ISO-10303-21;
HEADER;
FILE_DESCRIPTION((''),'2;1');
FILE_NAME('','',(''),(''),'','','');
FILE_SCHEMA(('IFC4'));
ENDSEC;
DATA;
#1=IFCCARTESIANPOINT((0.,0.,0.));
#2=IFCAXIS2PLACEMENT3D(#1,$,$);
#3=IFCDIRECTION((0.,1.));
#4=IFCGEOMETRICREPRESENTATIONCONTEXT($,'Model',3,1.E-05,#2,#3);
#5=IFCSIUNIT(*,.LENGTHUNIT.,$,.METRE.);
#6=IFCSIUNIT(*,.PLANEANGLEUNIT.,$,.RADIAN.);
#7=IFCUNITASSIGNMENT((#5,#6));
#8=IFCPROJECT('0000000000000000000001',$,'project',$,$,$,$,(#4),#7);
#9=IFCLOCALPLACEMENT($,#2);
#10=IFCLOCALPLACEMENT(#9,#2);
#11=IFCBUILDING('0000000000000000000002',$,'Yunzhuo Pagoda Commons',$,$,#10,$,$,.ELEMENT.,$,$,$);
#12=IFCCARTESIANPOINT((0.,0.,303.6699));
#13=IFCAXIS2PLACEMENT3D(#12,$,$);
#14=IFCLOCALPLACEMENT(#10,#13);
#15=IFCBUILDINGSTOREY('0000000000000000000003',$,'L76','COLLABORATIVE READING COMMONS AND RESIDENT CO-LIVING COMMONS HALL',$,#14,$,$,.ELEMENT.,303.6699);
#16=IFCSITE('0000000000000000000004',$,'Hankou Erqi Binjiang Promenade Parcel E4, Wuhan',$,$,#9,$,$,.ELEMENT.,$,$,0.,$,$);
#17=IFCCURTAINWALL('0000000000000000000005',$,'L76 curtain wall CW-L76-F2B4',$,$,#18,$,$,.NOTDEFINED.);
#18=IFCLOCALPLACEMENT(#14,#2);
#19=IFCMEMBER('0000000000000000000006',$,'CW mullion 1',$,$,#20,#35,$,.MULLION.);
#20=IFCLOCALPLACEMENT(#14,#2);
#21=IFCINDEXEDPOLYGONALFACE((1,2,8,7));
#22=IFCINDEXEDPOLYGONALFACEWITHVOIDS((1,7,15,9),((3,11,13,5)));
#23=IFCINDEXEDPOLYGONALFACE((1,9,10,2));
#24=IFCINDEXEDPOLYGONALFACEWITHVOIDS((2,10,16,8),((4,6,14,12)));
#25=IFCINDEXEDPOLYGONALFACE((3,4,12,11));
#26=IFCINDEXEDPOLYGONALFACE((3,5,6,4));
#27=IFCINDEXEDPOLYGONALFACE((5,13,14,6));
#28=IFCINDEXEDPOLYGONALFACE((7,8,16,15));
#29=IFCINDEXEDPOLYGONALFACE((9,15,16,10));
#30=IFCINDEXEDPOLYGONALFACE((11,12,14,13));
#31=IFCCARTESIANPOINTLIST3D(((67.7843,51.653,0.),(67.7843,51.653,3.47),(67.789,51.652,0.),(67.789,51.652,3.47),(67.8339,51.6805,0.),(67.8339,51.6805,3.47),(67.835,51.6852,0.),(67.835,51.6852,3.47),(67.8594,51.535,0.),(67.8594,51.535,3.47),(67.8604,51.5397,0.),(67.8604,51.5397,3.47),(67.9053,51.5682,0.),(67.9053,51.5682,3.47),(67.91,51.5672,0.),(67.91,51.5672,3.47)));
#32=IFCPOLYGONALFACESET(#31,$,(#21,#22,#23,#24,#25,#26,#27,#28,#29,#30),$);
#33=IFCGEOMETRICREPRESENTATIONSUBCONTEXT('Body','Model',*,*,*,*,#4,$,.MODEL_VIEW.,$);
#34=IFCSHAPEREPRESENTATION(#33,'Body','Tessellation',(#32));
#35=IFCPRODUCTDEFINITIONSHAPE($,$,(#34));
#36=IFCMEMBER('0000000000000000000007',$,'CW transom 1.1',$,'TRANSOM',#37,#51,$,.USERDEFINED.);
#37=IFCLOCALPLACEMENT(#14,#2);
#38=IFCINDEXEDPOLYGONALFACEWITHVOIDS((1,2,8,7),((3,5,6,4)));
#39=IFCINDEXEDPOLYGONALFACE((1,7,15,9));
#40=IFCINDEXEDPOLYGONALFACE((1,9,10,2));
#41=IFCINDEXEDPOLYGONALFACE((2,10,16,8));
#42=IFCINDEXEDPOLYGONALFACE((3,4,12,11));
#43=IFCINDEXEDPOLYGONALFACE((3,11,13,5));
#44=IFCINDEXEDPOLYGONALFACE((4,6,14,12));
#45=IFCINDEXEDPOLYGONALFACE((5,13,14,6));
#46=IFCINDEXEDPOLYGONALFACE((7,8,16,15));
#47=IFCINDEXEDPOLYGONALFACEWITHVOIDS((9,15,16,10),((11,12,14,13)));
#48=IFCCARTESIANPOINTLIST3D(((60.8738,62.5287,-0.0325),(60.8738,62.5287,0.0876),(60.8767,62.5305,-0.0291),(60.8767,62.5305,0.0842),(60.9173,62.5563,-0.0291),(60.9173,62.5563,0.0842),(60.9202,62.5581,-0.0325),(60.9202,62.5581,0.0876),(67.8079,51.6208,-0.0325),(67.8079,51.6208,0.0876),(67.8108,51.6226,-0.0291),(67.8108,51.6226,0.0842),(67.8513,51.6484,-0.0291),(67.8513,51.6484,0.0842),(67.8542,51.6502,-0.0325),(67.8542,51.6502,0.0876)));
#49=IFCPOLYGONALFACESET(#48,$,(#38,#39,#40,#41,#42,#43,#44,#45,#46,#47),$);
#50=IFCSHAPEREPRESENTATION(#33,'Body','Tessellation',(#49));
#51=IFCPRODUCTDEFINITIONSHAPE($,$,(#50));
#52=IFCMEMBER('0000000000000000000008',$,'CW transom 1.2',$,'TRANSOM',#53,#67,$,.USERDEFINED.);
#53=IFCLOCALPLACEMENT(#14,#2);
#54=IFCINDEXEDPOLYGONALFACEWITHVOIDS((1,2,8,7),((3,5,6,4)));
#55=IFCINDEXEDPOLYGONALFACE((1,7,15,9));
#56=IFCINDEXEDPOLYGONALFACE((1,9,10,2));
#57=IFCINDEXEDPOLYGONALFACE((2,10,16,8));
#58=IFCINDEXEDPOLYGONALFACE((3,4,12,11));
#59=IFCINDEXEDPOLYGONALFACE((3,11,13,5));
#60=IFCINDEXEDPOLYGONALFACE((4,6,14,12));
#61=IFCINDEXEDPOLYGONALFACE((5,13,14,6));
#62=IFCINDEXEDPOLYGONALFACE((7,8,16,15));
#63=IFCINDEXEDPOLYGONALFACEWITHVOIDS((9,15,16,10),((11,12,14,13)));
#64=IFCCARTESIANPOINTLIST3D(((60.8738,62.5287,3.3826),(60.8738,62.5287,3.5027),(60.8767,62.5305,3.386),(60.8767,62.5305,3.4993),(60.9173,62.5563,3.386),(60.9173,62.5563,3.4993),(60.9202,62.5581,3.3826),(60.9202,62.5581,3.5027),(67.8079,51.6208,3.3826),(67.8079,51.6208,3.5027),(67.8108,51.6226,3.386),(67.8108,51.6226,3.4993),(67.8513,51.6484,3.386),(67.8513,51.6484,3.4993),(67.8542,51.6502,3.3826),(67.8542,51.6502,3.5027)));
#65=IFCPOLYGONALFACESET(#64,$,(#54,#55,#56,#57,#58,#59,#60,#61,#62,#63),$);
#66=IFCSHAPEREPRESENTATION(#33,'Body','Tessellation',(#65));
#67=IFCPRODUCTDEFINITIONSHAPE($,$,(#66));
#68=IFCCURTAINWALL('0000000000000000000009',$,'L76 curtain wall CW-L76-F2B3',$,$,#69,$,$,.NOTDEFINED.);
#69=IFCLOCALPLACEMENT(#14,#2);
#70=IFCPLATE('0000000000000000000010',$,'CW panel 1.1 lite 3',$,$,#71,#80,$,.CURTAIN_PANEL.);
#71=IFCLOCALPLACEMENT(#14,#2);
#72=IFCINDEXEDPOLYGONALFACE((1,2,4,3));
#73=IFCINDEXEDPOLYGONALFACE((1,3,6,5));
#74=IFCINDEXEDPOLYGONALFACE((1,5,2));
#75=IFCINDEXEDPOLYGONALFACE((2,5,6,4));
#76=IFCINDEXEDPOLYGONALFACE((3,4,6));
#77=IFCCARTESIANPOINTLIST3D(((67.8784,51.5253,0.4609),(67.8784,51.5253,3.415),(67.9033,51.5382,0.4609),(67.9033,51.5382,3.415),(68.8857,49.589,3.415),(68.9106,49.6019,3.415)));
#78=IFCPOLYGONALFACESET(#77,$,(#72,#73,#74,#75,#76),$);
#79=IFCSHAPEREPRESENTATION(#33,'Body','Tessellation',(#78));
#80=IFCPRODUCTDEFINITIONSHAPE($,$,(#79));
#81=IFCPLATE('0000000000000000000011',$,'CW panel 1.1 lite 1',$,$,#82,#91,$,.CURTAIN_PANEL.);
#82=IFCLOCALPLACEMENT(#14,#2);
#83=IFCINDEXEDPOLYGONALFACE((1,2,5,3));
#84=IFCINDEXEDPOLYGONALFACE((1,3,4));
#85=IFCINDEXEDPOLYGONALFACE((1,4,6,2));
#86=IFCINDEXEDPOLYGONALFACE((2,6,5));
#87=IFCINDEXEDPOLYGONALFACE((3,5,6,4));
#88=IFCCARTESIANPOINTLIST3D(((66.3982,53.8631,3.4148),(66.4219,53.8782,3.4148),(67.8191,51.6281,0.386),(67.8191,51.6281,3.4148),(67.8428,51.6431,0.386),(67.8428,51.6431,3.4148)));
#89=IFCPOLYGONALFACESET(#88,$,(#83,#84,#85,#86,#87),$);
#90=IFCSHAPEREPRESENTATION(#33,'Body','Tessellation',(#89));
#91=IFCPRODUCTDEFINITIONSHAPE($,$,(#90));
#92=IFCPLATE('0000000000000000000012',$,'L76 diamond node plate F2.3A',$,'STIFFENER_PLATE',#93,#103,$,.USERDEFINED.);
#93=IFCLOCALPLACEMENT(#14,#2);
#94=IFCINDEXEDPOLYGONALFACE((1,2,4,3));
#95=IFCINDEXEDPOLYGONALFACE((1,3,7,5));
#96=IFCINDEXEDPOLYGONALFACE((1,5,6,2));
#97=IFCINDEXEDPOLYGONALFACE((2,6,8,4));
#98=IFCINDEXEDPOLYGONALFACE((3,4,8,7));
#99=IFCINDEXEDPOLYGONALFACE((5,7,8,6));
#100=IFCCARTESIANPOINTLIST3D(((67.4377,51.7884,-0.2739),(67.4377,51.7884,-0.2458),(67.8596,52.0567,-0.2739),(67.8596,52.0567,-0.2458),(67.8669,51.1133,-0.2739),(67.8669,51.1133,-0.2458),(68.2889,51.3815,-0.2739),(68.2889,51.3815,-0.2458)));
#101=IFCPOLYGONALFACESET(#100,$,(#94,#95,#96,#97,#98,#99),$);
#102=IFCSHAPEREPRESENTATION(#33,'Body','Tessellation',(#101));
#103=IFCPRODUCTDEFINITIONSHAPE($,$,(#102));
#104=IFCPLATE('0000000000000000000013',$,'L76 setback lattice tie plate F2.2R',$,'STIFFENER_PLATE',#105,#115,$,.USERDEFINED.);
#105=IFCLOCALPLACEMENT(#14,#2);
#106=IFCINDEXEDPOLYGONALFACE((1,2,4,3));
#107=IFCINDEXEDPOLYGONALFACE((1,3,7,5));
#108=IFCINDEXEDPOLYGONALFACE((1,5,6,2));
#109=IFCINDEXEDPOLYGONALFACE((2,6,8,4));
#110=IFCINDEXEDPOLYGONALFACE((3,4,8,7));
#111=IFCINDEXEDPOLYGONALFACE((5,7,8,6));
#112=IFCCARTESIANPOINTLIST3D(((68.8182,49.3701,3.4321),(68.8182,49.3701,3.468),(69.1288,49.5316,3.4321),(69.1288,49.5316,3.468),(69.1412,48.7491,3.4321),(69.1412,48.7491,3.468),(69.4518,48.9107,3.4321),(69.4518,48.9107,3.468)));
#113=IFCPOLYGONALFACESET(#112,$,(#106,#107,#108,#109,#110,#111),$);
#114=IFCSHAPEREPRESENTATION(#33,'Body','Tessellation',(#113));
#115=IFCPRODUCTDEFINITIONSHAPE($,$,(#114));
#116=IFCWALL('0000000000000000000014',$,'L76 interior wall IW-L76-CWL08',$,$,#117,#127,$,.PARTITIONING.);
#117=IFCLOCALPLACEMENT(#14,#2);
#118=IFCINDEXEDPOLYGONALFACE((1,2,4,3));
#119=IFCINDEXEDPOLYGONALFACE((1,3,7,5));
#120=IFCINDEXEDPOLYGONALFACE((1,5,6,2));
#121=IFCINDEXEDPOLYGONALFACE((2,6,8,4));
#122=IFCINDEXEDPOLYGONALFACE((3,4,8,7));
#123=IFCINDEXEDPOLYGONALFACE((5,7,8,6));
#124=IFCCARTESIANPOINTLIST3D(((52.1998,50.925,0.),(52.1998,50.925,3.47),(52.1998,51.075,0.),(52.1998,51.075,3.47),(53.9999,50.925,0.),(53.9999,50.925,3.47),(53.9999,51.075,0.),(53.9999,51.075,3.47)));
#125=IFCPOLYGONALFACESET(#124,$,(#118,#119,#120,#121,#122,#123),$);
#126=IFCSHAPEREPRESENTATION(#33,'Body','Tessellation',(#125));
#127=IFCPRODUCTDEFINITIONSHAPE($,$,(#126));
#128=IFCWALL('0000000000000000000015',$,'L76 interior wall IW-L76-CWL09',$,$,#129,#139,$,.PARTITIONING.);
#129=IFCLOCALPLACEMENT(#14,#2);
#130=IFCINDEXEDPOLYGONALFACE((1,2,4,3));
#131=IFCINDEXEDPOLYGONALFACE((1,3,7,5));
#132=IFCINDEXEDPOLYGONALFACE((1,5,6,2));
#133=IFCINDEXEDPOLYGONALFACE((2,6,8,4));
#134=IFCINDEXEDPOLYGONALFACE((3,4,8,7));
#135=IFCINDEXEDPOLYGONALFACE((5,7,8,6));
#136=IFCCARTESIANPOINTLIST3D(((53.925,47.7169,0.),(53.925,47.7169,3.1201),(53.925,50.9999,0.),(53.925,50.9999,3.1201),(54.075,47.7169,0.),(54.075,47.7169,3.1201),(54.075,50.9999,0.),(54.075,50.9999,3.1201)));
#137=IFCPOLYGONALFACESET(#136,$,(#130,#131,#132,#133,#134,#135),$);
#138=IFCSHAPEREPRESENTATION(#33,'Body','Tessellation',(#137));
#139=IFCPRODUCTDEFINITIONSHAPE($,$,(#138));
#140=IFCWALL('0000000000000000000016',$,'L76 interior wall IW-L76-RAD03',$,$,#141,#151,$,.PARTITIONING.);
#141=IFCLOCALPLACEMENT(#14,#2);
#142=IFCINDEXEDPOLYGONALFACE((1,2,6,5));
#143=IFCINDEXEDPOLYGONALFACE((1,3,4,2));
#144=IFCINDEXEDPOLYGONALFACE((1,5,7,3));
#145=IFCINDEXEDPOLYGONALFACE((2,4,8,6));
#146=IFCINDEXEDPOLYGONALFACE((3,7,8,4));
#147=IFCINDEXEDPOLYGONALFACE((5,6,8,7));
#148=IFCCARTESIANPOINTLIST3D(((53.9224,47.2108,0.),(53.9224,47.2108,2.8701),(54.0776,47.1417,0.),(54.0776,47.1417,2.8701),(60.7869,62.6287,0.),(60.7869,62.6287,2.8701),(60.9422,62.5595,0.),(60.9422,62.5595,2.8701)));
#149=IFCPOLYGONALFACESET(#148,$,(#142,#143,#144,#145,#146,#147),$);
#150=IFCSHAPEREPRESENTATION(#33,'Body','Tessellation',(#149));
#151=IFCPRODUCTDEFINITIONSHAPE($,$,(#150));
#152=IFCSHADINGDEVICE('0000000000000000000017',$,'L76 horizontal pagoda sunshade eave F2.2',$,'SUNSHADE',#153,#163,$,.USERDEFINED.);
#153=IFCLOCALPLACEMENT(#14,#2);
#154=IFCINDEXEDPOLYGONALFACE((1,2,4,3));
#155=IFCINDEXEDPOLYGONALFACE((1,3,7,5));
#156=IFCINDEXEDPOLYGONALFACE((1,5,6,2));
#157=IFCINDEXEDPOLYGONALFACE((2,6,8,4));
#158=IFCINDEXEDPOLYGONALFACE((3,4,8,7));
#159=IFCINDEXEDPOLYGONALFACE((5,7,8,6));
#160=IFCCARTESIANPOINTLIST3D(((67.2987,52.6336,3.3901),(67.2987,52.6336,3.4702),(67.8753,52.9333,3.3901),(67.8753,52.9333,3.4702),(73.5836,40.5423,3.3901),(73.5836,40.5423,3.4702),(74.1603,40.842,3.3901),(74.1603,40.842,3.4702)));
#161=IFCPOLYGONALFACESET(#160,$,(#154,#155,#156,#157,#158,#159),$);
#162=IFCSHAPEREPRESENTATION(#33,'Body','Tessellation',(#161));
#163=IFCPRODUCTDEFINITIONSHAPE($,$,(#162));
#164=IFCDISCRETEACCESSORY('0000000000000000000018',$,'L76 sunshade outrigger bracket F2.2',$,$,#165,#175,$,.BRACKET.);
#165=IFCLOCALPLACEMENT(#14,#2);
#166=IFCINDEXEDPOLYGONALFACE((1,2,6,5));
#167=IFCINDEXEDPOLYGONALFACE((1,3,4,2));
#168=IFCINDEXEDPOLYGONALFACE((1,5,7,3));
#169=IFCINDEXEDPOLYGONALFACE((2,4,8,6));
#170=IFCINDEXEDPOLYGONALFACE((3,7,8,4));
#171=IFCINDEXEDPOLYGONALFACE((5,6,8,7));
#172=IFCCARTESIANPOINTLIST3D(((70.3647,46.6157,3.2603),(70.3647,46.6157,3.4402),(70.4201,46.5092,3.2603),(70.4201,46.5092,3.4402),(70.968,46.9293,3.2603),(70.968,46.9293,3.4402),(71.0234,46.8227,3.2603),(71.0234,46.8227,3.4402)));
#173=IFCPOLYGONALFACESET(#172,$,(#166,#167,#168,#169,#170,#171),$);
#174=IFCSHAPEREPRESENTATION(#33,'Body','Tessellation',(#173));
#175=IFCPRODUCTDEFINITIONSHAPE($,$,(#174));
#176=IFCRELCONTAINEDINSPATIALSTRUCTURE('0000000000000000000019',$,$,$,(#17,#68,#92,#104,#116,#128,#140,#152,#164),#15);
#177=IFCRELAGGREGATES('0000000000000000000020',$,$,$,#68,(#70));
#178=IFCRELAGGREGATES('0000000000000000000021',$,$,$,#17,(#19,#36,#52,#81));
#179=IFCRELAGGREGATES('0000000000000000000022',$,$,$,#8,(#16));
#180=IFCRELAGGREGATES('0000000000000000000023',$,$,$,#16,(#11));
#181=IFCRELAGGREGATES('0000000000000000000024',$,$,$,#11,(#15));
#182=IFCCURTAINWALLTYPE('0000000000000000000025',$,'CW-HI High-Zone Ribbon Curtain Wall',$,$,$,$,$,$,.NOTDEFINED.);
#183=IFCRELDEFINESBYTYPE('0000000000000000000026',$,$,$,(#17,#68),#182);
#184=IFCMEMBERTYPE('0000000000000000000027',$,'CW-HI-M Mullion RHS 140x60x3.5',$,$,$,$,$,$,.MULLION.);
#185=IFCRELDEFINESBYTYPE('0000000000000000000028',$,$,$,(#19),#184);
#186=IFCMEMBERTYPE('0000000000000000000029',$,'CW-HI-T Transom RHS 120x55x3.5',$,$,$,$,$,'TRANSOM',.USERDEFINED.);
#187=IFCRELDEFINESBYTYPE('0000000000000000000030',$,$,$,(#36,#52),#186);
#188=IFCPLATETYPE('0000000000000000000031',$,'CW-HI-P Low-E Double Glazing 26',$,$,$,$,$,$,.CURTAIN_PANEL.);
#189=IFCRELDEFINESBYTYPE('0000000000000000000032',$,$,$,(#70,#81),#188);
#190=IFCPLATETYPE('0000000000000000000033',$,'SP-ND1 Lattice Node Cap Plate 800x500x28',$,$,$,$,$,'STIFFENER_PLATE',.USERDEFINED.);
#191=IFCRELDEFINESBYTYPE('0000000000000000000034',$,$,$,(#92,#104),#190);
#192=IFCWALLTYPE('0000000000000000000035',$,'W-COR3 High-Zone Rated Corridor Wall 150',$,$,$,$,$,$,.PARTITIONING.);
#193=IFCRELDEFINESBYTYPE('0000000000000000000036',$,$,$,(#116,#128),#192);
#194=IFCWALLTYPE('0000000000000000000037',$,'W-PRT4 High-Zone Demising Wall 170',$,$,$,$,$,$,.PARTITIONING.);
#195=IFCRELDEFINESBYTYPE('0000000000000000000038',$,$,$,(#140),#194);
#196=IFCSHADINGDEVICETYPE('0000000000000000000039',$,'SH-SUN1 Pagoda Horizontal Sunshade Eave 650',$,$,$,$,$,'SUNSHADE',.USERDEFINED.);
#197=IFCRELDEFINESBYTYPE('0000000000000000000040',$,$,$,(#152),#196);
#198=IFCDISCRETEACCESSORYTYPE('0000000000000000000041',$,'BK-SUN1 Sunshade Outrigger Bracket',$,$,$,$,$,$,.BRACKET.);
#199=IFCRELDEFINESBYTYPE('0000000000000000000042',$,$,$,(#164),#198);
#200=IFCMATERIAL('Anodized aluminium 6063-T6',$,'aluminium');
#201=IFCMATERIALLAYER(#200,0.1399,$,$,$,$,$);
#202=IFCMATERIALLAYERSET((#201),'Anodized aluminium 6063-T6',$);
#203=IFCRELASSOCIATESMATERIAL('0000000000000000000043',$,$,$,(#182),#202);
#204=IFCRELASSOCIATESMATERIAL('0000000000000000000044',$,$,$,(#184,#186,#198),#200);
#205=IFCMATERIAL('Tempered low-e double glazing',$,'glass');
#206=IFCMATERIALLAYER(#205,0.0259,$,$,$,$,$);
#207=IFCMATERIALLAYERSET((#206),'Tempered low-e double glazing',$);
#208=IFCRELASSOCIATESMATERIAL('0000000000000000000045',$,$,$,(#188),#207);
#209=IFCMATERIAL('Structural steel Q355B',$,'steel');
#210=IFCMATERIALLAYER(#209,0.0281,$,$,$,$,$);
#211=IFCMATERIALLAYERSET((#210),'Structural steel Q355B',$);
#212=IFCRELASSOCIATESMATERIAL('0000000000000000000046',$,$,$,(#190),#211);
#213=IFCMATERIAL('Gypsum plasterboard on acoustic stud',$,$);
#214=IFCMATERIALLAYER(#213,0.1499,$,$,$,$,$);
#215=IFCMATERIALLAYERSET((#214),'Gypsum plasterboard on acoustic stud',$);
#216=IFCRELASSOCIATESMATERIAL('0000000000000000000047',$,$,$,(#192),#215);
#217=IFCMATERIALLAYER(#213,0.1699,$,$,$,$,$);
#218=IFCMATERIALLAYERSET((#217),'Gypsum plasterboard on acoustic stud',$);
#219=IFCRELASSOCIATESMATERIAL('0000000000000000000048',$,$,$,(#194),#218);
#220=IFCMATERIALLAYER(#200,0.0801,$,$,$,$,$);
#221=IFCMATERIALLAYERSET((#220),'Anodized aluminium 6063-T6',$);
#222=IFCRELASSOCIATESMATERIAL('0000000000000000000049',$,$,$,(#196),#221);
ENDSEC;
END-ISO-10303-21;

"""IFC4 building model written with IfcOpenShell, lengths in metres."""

from ifc_helpers import new_model, si_unit, direction, frame, frame_2d, origin, origin_2d, place, context, subcontext, project, spatial, polyline, rectangle, hollow_rectangle, outline, extrude, source, transform, mapped, material, layer, layer_set, material_profile, profile_set, type_object, element, aggregate, save


model = new_model("IFC4")

# Units and contexts
model_context = context("Model", 3, precision=1e-05, world=origin(), true_north=direction((0.0, 1.0)))
body_context = subcontext(model_context, "Body", "Model", "MODEL_VIEW")
ifc_project = project(units=[si_unit("LENGTHUNIT", "METRE"), si_unit("PLANEANGLEUNIT", "RADIAN")], contexts=[model_context])

# Site, building, storey
site_placement = place(None, origin())
site = spatial("IfcSite", under=ifc_project, at=site_placement, Name="Hankou Erqi Binjiang Promenade Parcel E4, Wuhan", CompositionType="ELEMENT", RefElevation=0.0)
building_placement = place(site_placement, origin())
building = spatial("IfcBuilding", under=site, at=building_placement, Name="Yunzhuo Pagoda Commons", CompositionType="ELEMENT")
storey_placement = place(building_placement, frame((0.0, 0.0, 303.6699)))
storey = spatial("IfcBuildingStorey", under=building, at=storey_placement, Name="L76", Description="COLLABORATIVE READING COMMONS AND RESIDENT CO-LIVING COMMONS HALL", CompositionType="ELEMENT", Elevation=303.6699)

# Shared definitions
ifc_material_1 = material(Name="Structural steel Q355B", Category="steel")

# Curtain wall, members
ifc_material_2 = material(Name="Anodized aluminium 6063-T6", Category="aluminium")
ifc_layer_1 = layer(ifc_material_2, 0.1399)
ifc_layer_set_1 = layer_set([ifc_layer_1], Name="Anodized aluminium 6063-T6")
curtain_wall_type = type_object("IfcCurtainWallType", Name="CW-HI High-Zone Ribbon Curtain Wall", PredefinedType="NOTDEFINED", material=ifc_layer_set_1)
curtain_wall_1_placement = place(storey_placement, origin())
curtain_wall_1 = element("IfcCurtainWall", 1, at=curtain_wall_1_placement, inside=storey, type_object=curtain_wall_type, Name="L76 curtain wall CW-L76-F2B4", PredefinedType="NOTDEFINED")
ifc_material_profile_1 = material_profile(ifc_material_2, hollow_rectangle(XDim=0.0601, YDim=0.1399, WallThickness=0.0034, at=origin_2d()), Name="Anodized aluminium 6063-T6")
ifc_profile_set_1 = profile_set([ifc_material_profile_1], Name="Anodized aluminium 6063-T6")
member_type_1 = type_object("IfcMemberType", Name="CW-HI-M Mullion RHS 140x60x3.5", PredefinedType="MULLION", material=ifc_profile_set_1)
shared_shape_1 = source(origin(), body_context, "Body", "SweptSolid", [
    extrude(hollow_rectangle(XDim=0.0601, YDim=0.1399, WallThickness=0.0034, at=origin_2d()), origin(), (0.0, 0.0, 1.0), 3.47),
])
member_1_placement = place(storey_placement, frame((67.8472, 51.6101, 0.0), z_axis=(0.0, 0.0, 1.0), x_axis=(-0.84391, -0.536485, 0.0)))
member_1 = element("IfcMember", 2, at=member_1_placement, type_object=member_type_1, Name="CW mullion 1", PredefinedType="MULLION", context=body_context, shape_type="MappedRepresentation", body=[
    mapped(shared_shape_1, transform((0.0, 0.0, 0.0), scale=1.0)),
])
ifc_material_profile_2 = material_profile(ifc_material_2, hollow_rectangle(XDim=0.0549, YDim=0.1201, WallThickness=0.0034, at=origin_2d()), Name="Anodized aluminium 6063-T6")
ifc_profile_set_2 = profile_set([ifc_material_profile_2], Name="Anodized aluminium 6063-T6")
member_type_2 = type_object("IfcMemberType", Name="CW-HI-T Transom RHS 120x55x3.5", ElementType="TRANSOM", PredefinedType="USERDEFINED", material=ifc_profile_set_2)
shared_shape_2 = source(origin(), body_context, "Body", "SweptSolid", [
    extrude(hollow_rectangle(XDim=0.0549, YDim=0.1201, WallThickness=0.0034, at=origin_2d()), origin(), (0.0, 0.0, 1.0), 12.9253),
])
member_2_placement = place(storey_placement, frame((67.8311, 51.6355, 0.0276), z_axis=(-0.536471, 0.843919, 0.0), x_axis=(-0.843919, -0.536471, 0.0)))
member_2 = element("IfcMember", 3, at=member_2_placement, type_object=member_type_2, Name="CW transom 1.1", ObjectType="TRANSOM", PredefinedType="USERDEFINED", context=body_context, shape_type="MappedRepresentation", body=[
    mapped(shared_shape_2, transform((0.0, 0.0, 0.0), scale=1.0)),
])
member_3_placement = place(storey_placement, frame((67.8311, 51.6355, 3.4426), z_axis=(-0.536471, 0.843919, 0.0), x_axis=(-0.843919, -0.536471, 0.0)))
member_3 = element("IfcMember", 4, at=member_3_placement, type_object=member_type_2, Name="CW transom 1.2", ObjectType="TRANSOM", PredefinedType="USERDEFINED", context=body_context, shape_type="MappedRepresentation", body=[
    mapped(shared_shape_2, transform((0.0, 0.0, 0.0), scale=1.0)),
])

# Curtain wall, plate
curtain_wall_2_placement = place(storey_placement, origin())
curtain_wall_2 = element("IfcCurtainWall", 5, at=curtain_wall_2_placement, inside=storey, type_object=curtain_wall_type, Name="L76 curtain wall CW-L76-F2B3", PredefinedType="NOTDEFINED")
ifc_material_3 = material(Name="Tempered low-e double glazing", Category="glass")
ifc_layer_2 = layer(ifc_material_3, 0.0259)
ifc_layer_set_2 = layer_set([ifc_layer_2], Name="Tempered low-e double glazing")
plate_type_1 = type_object("IfcPlateType", Name="CW-HI-P Low-E Double Glazing 26", PredefinedType="CURTAIN_PANEL", material=ifc_layer_set_2)
plate_1_placement = place(storey_placement, frame((68.3821, 50.5571, 1.938), z_axis=(0.887137, 0.461505, 0.0), x_axis=(-0.461505, 0.887137, 0.0)))
plate_1 = element("IfcPlate", 6, at=plate_1_placement, type_object=plate_type_1, Name="CW panel 1.1 lite 3", PredefinedType="CURTAIN_PANEL", context=body_context, shape_type="SweptSolid", body=[
    extrude(outline(polyline([(-1.0913, 1.4771), (1.0913, -1.4771), (1.0913, 1.4771), (-1.0913, 1.4771)])), origin(), (0.0, 0.0, 1.0), 0.0281),
])
aggregate(curtain_wall_2, [plate_1])

# Plate
plate_2_placement = place(storey_placement, frame((67.1086, 52.7456, 1.9004), z_axis=(0.84391, 0.536485, 0.0), x_axis=(-0.536485, 0.84391, 0.0)))
plate_2 = element("IfcPlate", 7, at=plate_2_placement, type_object=plate_type_1, Name="CW panel 1.1 lite 1", PredefinedType="CURTAIN_PANEL", context=body_context, shape_type="SweptSolid", body=[
    extrude(outline(polyline([(-1.3242, -1.5144), (1.3242, 1.5144), (-1.3242, 1.5144), (-1.3242, -1.5144)])), origin(), (0.0, 0.0, 1.0), 0.0281),
])
aggregate(curtain_wall_1, [member_1, member_2, member_3, plate_2])

# Plates
ifc_layer_3 = layer(ifc_material_1, 0.0281)
ifc_layer_set_3 = layer_set([ifc_layer_3], Name="Structural steel Q355B")
plate_type_2 = type_object("IfcPlateType", Name="SP-ND1 Lattice Node Cap Plate 800x500x28", ElementType="STIFFENER_PLATE", PredefinedType="USERDEFINED", material=ifc_layer_set_3)
shared_shape_3 = source(origin(), body_context, "Body", "SweptSolid", [
    extrude(rectangle(XDim=0.8, YDim=0.5, at=origin_2d()), origin(), (0.0, 0.0, 1.0), 0.0281),
])
plate_3_placement = place(storey_placement, frame((67.8633, 51.585, -0.2739), z_axis=(0.0, 0.0, 1.0), x_axis=(-0.53649, 0.843907, 0.0)))
element("IfcPlate", 8, at=plate_3_placement, inside=storey, type_object=plate_type_2, Name="L76 diamond node plate F2.3A", ObjectType="STIFFENER_PLATE", PredefinedType="USERDEFINED", context=body_context, shape_type="MappedRepresentation", body=[
    mapped(shared_shape_3, transform((0.0, 0.0, 0.0), scale=1.0)),
])
shared_shape_4 = source(origin(), body_context, "Body", "SweptSolid", [
    extrude(rectangle(XDim=0.7, YDim=0.3501, at=origin_2d()), origin(), (0.0, 0.0, 1.0), 0.0359),
])
plate_4_placement = place(storey_placement, frame((69.135, 49.1404, 3.4321), z_axis=(0.0, 0.0, 1.0), x_axis=(-0.461501, 0.88714, 0.0)))
element("IfcPlate", 9, at=plate_4_placement, inside=storey, type_object=plate_type_2, Name="L76 setback lattice tie plate F2.2R", ObjectType="STIFFENER_PLATE", PredefinedType="USERDEFINED", context=body_context, shape_type="MappedRepresentation", body=[
    mapped(shared_shape_4, transform((0.0, 0.0, 0.0), scale=1.0)),
])

# Walls
ifc_material_4 = material(Name="Gypsum plasterboard on acoustic stud")
ifc_layer_4 = layer(ifc_material_4, 0.1499)
ifc_layer_set_4 = layer_set([ifc_layer_4], Name="Gypsum plasterboard on acoustic stud")
wall_type_1 = type_object("IfcWallType", Name="W-COR3 High-Zone Rated Corridor Wall 150", PredefinedType="PARTITIONING", material=ifc_layer_set_4)
wall_1_placement = place(storey_placement, frame((52.2, 51.0, 0.0), z_axis=(0.0, 0.0, 1.0), x_axis=(1.0, 0.0, 0.0)))
element("IfcWall", 10, at=wall_1_placement, inside=storey, type_object=wall_type_1, Name="L76 interior wall IW-L76-CWL08", PredefinedType="PARTITIONING", context=body_context, shape_type="SweptSolid", body=[
    extrude(rectangle(XDim=1.8, YDim=0.1499, at=frame_2d((0.8999, 0.0))), origin(), (0.0, 0.0, 1.0), 3.47),
])
wall_2_placement = place(storey_placement, frame((54.0, 51.0, 0.0), z_axis=(0.0, 0.0, 1.0), x_axis=(0.0, -1.0, 0.0)))
element("IfcWall", 11, at=wall_2_placement, inside=storey, type_object=wall_type_1, Name="L76 interior wall IW-L76-CWL09", PredefinedType="PARTITIONING", context=body_context, shape_type="SweptSolid", body=[
    extrude(rectangle(XDim=3.283, YDim=0.1499, at=frame_2d((1.6416, 0.0))), origin(), (0.0, 0.0, 1.0), 3.1201),
])

# Wall
ifc_layer_5 = layer(ifc_material_4, 0.1699)
ifc_layer_set_5 = layer_set([ifc_layer_5], Name="Gypsum plasterboard on acoustic stud")
wall_type_2 = type_object("IfcWallType", Name="W-PRT4 High-Zone Demising Wall 170", PredefinedType="PARTITIONING", material=ifc_layer_set_5)
wall_3_placement = place(storey_placement, frame((54.0, 47.1763, 0.0), z_axis=(0.0, 0.0, 1.0), x_axis=(0.406741, 0.913544, 0.0)))
element("IfcWall", 12, at=wall_3_placement, inside=storey, type_object=wall_type_2, Name="L76 interior wall IW-L76-RAD03", PredefinedType="PARTITIONING", context=body_context, shape_type="SweptSolid", body=[
    extrude(rectangle(XDim=16.877, YDim=0.1699, at=frame_2d((8.4385, 0.0))), origin(), (0.0, 0.0, 1.0), 2.8701),
])

# Shading device
ifc_layer_6 = layer(ifc_material_2, 0.0801)
ifc_layer_set_6 = layer_set([ifc_layer_6], Name="Anodized aluminium 6063-T6")
shading_device_type = type_object("IfcShadingDeviceType", Name="SH-SUN1 Pagoda Horizontal Sunshade Eave 650", ElementType="SUNSHADE", PredefinedType="USERDEFINED", material=ifc_layer_set_6)
shared_shape_5 = source(origin(), body_context, "Body", "SweptSolid", [
    extrude(rectangle(XDim=13.6272, YDim=0.6499, at=origin_2d()), origin(), (0.0, 0.0, 1.0), 0.0801),
])
shading_device_placement = place(storey_placement, frame((70.7295, 46.7378, 3.3901), z_axis=(0.0, 0.0, 1.0), x_axis=(-0.461207, 0.887293, 0.0)))
element("IfcShadingDevice", 13, at=shading_device_placement, inside=storey, type_object=shading_device_type, Name="L76 horizontal pagoda sunshade eave F2.2", ObjectType="SUNSHADE", PredefinedType="USERDEFINED", context=body_context, shape_type="MappedRepresentation", body=[
    mapped(shared_shape_5, transform((0.0, 0.0, 0.0), scale=1.0)),
])

# Discrete accessory
discrete_accessory_type = type_object("IfcDiscreteAccessoryType", Name="BK-SUN1 Sunshade Outrigger Bracket", PredefinedType="BRACKET", material=ifc_material_2)
shared_shape_6 = source(origin(), body_context, "Body", "SweptSolid", [
    extrude(rectangle(XDim=0.1201, YDim=0.6799, at=origin_2d()), origin(), (0.0, 0.0, 1.0), 0.1799),
])
discrete_accessory_placement = place(storey_placement, frame((70.6941, 46.7192, 3.2603), z_axis=(0.0, 0.0, 1.0), x_axis=(-0.461207, 0.887293, 0.0)))
element("IfcDiscreteAccessory", 14, at=discrete_accessory_placement, inside=storey, type_object=discrete_accessory_type, Name="L76 sunshade outrigger bracket F2.2", PredefinedType="BRACKET", context=body_context, shape_type="MappedRepresentation", body=[
    mapped(shared_shape_6, transform((0.0, 0.0, 0.0), scale=1.0)),
])

save(model, "model.ifc")
